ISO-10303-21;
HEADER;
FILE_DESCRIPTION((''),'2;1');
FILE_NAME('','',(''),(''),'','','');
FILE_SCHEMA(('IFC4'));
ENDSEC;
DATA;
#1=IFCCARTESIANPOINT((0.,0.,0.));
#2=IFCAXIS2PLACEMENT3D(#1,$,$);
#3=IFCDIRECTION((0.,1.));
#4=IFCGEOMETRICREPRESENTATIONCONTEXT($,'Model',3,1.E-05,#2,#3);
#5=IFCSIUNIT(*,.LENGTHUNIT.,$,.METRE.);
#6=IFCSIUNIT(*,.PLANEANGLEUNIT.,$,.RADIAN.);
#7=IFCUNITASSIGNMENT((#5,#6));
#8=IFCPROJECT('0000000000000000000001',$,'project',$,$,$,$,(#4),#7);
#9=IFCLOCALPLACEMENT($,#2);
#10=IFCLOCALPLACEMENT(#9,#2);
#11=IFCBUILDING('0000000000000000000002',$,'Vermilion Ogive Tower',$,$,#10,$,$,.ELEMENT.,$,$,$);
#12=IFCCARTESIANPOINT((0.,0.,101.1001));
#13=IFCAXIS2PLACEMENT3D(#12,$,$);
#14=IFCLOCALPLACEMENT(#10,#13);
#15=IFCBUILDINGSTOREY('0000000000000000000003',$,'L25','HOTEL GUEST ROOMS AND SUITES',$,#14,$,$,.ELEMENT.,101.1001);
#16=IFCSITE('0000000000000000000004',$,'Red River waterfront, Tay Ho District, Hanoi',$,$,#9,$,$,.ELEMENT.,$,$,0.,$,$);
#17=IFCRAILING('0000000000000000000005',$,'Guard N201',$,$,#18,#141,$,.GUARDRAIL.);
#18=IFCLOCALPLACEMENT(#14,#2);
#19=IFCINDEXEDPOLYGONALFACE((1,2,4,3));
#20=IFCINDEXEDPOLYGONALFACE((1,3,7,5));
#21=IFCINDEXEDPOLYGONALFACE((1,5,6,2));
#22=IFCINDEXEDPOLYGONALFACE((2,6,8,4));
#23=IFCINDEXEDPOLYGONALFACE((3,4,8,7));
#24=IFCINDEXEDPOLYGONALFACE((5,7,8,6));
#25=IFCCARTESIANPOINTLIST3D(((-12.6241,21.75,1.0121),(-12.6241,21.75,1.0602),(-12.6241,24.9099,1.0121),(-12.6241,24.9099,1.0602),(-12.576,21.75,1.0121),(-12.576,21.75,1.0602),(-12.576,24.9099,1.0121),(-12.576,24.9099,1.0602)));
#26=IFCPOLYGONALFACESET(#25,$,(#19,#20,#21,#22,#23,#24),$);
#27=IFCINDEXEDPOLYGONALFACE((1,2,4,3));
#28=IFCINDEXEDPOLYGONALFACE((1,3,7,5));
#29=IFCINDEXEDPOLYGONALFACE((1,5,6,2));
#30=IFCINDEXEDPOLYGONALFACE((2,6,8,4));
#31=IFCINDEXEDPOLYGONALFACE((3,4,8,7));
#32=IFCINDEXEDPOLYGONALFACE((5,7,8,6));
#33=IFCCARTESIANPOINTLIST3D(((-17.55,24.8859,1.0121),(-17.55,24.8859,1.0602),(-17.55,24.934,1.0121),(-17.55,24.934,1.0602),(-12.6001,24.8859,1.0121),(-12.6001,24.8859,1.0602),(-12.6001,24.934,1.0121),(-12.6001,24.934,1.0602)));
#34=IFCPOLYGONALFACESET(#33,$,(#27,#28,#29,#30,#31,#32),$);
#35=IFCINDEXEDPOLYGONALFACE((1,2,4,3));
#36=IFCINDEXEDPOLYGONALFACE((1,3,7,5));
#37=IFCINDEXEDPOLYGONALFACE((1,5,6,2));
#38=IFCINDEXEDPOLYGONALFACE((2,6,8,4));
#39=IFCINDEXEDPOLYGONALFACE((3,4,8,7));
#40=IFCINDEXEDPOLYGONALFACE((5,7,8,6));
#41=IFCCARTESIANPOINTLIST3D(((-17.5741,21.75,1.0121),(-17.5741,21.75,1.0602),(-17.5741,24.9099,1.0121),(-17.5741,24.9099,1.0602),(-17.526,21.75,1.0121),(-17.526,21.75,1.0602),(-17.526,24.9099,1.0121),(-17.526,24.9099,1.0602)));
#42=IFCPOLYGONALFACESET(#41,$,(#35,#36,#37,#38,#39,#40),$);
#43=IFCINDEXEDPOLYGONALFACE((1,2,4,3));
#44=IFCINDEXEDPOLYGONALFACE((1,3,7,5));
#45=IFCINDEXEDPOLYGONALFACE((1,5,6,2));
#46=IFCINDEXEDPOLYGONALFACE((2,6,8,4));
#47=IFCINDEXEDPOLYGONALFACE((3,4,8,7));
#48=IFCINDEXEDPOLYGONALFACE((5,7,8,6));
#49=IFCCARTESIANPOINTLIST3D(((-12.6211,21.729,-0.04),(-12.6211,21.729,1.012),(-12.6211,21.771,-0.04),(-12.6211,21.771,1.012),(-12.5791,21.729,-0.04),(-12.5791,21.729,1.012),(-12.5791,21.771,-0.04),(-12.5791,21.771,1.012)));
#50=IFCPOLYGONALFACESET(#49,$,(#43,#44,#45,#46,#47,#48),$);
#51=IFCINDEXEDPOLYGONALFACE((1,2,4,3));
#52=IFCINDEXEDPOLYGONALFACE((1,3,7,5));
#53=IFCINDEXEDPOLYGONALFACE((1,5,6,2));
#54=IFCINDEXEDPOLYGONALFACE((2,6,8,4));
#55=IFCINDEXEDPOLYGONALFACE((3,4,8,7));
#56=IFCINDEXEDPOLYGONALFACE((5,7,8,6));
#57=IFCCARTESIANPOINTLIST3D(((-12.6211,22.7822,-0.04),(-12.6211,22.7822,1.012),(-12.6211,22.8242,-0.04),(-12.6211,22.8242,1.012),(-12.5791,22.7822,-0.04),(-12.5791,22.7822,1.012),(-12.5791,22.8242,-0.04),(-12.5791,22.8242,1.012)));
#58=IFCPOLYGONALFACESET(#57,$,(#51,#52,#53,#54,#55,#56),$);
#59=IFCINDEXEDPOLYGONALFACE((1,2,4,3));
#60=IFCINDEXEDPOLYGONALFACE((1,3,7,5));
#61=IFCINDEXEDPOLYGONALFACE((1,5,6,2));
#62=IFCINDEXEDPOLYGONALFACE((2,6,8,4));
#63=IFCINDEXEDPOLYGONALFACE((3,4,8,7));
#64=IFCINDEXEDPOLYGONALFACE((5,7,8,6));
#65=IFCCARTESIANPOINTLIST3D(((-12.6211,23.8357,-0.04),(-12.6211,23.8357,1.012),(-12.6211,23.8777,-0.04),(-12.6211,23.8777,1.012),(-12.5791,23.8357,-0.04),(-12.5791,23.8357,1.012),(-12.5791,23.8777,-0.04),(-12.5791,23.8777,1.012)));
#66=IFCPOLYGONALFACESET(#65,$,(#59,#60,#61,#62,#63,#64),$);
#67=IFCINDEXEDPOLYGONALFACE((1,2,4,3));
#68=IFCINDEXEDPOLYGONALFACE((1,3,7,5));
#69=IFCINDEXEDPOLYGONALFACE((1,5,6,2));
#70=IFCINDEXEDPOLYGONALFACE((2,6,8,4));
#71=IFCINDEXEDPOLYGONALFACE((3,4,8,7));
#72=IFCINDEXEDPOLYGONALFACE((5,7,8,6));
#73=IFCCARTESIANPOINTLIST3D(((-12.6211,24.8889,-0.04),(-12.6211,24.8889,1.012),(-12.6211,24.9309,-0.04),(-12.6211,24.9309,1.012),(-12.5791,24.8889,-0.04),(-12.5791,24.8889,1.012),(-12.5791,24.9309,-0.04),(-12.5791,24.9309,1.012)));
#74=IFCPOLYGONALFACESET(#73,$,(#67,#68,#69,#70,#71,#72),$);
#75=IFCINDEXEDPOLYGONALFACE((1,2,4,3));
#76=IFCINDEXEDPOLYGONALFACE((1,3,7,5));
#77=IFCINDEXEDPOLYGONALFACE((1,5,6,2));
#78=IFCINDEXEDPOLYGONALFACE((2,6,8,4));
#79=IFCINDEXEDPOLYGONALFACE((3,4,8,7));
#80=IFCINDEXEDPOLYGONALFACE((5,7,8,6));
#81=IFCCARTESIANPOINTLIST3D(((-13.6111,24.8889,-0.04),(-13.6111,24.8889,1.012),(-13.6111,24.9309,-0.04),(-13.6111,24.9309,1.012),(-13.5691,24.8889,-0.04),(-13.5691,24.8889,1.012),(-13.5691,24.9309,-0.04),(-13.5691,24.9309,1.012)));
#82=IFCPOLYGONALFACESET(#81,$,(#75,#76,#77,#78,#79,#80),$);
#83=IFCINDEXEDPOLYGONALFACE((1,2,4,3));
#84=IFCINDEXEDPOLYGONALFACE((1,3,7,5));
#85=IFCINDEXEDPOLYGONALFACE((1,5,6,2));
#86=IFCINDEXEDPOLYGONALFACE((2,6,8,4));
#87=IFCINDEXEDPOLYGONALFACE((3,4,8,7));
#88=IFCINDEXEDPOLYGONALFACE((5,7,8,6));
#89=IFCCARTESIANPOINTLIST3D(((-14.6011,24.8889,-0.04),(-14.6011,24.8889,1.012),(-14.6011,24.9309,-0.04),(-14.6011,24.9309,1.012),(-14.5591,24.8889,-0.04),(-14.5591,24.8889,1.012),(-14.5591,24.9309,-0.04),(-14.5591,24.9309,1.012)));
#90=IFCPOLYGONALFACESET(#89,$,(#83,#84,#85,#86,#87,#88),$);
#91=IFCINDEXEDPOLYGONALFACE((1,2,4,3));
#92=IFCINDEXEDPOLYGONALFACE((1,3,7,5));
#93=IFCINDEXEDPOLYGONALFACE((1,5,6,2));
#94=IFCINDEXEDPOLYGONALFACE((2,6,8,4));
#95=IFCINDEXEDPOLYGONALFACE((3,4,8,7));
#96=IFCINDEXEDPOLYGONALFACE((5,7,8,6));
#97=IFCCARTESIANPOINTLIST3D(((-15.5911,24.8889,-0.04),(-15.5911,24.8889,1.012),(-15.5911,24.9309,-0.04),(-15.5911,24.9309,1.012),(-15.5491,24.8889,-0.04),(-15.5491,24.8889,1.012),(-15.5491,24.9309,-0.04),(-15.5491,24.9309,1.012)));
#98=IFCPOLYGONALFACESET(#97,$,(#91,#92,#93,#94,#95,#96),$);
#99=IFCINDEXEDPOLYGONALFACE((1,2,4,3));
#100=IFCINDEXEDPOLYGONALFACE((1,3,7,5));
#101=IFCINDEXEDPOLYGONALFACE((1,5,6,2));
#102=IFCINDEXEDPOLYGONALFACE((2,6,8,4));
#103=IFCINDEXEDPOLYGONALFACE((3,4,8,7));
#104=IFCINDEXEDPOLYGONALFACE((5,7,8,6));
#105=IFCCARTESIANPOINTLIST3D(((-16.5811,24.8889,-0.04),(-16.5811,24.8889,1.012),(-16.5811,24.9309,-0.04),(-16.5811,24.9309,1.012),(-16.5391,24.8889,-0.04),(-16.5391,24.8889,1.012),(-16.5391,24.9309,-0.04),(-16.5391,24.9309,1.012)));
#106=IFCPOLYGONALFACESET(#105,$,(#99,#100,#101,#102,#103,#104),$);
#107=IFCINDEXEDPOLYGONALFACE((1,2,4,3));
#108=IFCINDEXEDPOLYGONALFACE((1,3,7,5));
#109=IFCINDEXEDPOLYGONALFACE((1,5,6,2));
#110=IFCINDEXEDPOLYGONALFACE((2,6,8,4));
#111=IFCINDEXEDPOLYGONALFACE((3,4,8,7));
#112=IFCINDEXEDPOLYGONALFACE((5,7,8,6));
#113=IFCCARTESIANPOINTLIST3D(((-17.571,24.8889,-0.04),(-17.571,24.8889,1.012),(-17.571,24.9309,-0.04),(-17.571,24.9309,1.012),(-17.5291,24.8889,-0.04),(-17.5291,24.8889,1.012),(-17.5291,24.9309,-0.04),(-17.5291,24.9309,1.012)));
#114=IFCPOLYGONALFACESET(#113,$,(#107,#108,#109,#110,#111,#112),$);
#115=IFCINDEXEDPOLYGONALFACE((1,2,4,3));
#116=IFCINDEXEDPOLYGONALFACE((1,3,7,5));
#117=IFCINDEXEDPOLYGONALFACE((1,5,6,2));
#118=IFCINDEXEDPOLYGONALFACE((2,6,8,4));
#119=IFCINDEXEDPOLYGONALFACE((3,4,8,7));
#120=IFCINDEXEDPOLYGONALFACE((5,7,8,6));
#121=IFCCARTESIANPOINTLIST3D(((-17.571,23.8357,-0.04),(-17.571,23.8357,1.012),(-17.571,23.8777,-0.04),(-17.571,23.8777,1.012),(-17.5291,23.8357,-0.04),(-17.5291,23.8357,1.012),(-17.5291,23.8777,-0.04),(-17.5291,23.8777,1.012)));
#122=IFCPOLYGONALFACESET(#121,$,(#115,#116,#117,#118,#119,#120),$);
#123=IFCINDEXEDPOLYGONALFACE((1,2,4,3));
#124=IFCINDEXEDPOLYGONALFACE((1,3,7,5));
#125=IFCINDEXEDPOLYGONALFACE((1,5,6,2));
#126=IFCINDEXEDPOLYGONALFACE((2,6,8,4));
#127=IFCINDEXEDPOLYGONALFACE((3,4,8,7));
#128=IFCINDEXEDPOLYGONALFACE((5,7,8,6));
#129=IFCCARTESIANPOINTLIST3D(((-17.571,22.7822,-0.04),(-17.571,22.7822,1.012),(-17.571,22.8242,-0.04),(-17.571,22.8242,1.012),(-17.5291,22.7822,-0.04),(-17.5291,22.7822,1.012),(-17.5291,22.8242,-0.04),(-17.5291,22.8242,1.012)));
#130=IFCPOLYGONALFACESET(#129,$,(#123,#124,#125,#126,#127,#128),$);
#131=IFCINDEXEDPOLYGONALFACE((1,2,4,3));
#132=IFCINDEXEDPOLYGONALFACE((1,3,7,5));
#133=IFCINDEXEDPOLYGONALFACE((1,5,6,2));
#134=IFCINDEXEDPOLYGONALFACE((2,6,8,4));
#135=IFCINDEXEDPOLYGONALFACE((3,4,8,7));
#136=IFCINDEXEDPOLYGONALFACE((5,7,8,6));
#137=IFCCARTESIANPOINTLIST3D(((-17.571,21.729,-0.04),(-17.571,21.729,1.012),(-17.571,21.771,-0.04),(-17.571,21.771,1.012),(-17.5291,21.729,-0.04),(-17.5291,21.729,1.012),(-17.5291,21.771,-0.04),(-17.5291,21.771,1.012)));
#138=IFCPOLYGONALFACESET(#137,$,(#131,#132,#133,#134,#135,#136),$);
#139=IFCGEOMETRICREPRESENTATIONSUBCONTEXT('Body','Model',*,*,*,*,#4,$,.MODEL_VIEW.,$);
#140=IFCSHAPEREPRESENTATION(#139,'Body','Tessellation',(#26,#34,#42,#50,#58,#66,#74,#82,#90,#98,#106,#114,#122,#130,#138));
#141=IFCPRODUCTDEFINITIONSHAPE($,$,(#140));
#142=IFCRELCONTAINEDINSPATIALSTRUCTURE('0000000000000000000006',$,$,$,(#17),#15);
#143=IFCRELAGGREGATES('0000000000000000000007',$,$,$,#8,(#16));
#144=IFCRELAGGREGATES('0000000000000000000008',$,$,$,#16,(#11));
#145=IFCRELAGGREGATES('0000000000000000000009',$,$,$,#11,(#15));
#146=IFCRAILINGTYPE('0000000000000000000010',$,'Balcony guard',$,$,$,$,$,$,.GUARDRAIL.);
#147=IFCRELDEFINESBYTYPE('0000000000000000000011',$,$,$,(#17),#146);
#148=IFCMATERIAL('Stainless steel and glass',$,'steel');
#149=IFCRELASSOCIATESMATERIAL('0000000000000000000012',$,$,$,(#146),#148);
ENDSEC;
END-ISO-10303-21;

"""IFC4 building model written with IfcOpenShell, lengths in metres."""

from ifc_helpers import new_model, si_unit, direction, frame, origin, origin_2d, place, context, subcontext, project, spatial, rectangle, extrude, material, type_object, element, save


model = new_model("IFC4")

# Units and contexts
model_context = context("Model", 3, precision=1e-05, world=origin(), true_north=direction((0.0, 1.0)))
body_context = subcontext(model_context, "Body", "Model", "MODEL_VIEW")
ifc_project = project(units=[si_unit("LENGTHUNIT", "METRE"), si_unit("PLANEANGLEUNIT", "RADIAN")], contexts=[model_context])

# Site, building, storey
site_placement = place(None, origin())
site = spatial("IfcSite", under=ifc_project, at=site_placement, Name="Red River waterfront, Tay Ho District, Hanoi", CompositionType="ELEMENT", RefElevation=0.0)
building_placement = place(site_placement, origin())
building = spatial("IfcBuilding", under=site, at=building_placement, Name="Vermilion Ogive Tower", CompositionType="ELEMENT")
storey_placement = place(building_placement, frame((0.0, 0.0, 101.1001)))
storey = spatial("IfcBuildingStorey", under=building, at=storey_placement, Name="L25", Description="HOTEL GUEST ROOMS AND SUITES", CompositionType="ELEMENT", Elevation=101.1001)

# Railing
ifc_material_1 = material(Name="Stainless steel and glass", Category="steel")
railing_type = type_object("IfcRailingType", Name="Balcony guard", PredefinedType="GUARDRAIL", material=ifc_material_1)
railing_1_placement = place(storey_placement, frame((-12.6001, 21.75, -0.04)))
element("IfcRailing", 1, at=railing_1_placement, inside=storey, type_object=railing_type, Name="Guard N201", PredefinedType="GUARDRAIL", context=body_context, shape_type="SweptSolid", body=[
    extrude(rectangle(XDim=0.0481, YDim=0.0481, at=origin_2d()), frame((0.0, 0.0, 1.0762), z_axis=(0.0, 1.0, 0.0), x_axis=(-1.0, 0.0, 0.0)), (0.0, 0.0, 1.0), 3.1599),
    extrude(rectangle(XDim=0.0481, YDim=0.0481, at=origin_2d()), frame((0.0, 3.1599, 1.0762), z_axis=(-1.0, 0.0, 0.0), x_axis=(0.0, -1.0, 0.0)), (0.0, 0.0, 1.0), 4.95),
    extrude(rectangle(XDim=0.0481, YDim=0.0481, at=origin_2d()), frame((-4.95, 3.1599, 1.0762), z_axis=(0.0, -1.0, 0.0), x_axis=(1.0, 0.0, 0.0)), (0.0, 0.0, 1.0), 3.1599),
    extrude(rectangle(XDim=0.042, YDim=0.042, at=origin_2d()), origin(), (0.0, 0.0, 1.0), 1.052),
    extrude(rectangle(XDim=0.042, YDim=0.042, at=origin_2d()), frame((0.0, 1.0532, 0.0)), (0.0, 0.0, 1.0), 1.052),
    extrude(rectangle(XDim=0.042, YDim=0.042, at=origin_2d()), frame((0.0, 2.1067, 0.0)), (0.0, 0.0, 1.0), 1.052),
    extrude(rectangle(XDim=0.042, YDim=0.042, at=origin_2d()), frame((0.0, 3.1599, 0.0)), (0.0, 0.0, 1.0), 1.052),
    extrude(rectangle(XDim=0.042, YDim=0.042, at=origin_2d()), frame((-0.99, 3.1599, 0.0)), (0.0, 0.0, 1.0), 1.052),
    extrude(rectangle(XDim=0.042, YDim=0.042, at=origin_2d()), frame((-1.98, 3.1599, 0.0)), (0.0, 0.0, 1.0), 1.052),
    extrude(rectangle(XDim=0.042, YDim=0.042, at=origin_2d()), frame((-2.97, 3.1599, 0.0)), (0.0, 0.0, 1.0), 1.052),
    extrude(rectangle(XDim=0.042, YDim=0.042, at=origin_2d()), frame((-3.96, 3.1599, 0.0)), (0.0, 0.0, 1.0), 1.052),
    extrude(rectangle(XDim=0.042, YDim=0.042, at=origin_2d()), frame((-4.95, 3.1599, 0.0)), (0.0, 0.0, 1.0), 1.052),
    extrude(rectangle(XDim=0.042, YDim=0.042, at=origin_2d()), frame((-4.95, 2.1067, 0.0)), (0.0, 0.0, 1.0), 1.052),
    extrude(rectangle(XDim=0.042, YDim=0.042, at=origin_2d()), frame((-4.95, 1.0532, 0.0)), (0.0, 0.0, 1.0), 1.052),
    extrude(rectangle(XDim=0.042, YDim=0.042, at=origin_2d()), frame((-4.95, 0.0, 0.0)), (0.0, 0.0, 1.0), 1.052),
])

save(model, "model.ifc")
